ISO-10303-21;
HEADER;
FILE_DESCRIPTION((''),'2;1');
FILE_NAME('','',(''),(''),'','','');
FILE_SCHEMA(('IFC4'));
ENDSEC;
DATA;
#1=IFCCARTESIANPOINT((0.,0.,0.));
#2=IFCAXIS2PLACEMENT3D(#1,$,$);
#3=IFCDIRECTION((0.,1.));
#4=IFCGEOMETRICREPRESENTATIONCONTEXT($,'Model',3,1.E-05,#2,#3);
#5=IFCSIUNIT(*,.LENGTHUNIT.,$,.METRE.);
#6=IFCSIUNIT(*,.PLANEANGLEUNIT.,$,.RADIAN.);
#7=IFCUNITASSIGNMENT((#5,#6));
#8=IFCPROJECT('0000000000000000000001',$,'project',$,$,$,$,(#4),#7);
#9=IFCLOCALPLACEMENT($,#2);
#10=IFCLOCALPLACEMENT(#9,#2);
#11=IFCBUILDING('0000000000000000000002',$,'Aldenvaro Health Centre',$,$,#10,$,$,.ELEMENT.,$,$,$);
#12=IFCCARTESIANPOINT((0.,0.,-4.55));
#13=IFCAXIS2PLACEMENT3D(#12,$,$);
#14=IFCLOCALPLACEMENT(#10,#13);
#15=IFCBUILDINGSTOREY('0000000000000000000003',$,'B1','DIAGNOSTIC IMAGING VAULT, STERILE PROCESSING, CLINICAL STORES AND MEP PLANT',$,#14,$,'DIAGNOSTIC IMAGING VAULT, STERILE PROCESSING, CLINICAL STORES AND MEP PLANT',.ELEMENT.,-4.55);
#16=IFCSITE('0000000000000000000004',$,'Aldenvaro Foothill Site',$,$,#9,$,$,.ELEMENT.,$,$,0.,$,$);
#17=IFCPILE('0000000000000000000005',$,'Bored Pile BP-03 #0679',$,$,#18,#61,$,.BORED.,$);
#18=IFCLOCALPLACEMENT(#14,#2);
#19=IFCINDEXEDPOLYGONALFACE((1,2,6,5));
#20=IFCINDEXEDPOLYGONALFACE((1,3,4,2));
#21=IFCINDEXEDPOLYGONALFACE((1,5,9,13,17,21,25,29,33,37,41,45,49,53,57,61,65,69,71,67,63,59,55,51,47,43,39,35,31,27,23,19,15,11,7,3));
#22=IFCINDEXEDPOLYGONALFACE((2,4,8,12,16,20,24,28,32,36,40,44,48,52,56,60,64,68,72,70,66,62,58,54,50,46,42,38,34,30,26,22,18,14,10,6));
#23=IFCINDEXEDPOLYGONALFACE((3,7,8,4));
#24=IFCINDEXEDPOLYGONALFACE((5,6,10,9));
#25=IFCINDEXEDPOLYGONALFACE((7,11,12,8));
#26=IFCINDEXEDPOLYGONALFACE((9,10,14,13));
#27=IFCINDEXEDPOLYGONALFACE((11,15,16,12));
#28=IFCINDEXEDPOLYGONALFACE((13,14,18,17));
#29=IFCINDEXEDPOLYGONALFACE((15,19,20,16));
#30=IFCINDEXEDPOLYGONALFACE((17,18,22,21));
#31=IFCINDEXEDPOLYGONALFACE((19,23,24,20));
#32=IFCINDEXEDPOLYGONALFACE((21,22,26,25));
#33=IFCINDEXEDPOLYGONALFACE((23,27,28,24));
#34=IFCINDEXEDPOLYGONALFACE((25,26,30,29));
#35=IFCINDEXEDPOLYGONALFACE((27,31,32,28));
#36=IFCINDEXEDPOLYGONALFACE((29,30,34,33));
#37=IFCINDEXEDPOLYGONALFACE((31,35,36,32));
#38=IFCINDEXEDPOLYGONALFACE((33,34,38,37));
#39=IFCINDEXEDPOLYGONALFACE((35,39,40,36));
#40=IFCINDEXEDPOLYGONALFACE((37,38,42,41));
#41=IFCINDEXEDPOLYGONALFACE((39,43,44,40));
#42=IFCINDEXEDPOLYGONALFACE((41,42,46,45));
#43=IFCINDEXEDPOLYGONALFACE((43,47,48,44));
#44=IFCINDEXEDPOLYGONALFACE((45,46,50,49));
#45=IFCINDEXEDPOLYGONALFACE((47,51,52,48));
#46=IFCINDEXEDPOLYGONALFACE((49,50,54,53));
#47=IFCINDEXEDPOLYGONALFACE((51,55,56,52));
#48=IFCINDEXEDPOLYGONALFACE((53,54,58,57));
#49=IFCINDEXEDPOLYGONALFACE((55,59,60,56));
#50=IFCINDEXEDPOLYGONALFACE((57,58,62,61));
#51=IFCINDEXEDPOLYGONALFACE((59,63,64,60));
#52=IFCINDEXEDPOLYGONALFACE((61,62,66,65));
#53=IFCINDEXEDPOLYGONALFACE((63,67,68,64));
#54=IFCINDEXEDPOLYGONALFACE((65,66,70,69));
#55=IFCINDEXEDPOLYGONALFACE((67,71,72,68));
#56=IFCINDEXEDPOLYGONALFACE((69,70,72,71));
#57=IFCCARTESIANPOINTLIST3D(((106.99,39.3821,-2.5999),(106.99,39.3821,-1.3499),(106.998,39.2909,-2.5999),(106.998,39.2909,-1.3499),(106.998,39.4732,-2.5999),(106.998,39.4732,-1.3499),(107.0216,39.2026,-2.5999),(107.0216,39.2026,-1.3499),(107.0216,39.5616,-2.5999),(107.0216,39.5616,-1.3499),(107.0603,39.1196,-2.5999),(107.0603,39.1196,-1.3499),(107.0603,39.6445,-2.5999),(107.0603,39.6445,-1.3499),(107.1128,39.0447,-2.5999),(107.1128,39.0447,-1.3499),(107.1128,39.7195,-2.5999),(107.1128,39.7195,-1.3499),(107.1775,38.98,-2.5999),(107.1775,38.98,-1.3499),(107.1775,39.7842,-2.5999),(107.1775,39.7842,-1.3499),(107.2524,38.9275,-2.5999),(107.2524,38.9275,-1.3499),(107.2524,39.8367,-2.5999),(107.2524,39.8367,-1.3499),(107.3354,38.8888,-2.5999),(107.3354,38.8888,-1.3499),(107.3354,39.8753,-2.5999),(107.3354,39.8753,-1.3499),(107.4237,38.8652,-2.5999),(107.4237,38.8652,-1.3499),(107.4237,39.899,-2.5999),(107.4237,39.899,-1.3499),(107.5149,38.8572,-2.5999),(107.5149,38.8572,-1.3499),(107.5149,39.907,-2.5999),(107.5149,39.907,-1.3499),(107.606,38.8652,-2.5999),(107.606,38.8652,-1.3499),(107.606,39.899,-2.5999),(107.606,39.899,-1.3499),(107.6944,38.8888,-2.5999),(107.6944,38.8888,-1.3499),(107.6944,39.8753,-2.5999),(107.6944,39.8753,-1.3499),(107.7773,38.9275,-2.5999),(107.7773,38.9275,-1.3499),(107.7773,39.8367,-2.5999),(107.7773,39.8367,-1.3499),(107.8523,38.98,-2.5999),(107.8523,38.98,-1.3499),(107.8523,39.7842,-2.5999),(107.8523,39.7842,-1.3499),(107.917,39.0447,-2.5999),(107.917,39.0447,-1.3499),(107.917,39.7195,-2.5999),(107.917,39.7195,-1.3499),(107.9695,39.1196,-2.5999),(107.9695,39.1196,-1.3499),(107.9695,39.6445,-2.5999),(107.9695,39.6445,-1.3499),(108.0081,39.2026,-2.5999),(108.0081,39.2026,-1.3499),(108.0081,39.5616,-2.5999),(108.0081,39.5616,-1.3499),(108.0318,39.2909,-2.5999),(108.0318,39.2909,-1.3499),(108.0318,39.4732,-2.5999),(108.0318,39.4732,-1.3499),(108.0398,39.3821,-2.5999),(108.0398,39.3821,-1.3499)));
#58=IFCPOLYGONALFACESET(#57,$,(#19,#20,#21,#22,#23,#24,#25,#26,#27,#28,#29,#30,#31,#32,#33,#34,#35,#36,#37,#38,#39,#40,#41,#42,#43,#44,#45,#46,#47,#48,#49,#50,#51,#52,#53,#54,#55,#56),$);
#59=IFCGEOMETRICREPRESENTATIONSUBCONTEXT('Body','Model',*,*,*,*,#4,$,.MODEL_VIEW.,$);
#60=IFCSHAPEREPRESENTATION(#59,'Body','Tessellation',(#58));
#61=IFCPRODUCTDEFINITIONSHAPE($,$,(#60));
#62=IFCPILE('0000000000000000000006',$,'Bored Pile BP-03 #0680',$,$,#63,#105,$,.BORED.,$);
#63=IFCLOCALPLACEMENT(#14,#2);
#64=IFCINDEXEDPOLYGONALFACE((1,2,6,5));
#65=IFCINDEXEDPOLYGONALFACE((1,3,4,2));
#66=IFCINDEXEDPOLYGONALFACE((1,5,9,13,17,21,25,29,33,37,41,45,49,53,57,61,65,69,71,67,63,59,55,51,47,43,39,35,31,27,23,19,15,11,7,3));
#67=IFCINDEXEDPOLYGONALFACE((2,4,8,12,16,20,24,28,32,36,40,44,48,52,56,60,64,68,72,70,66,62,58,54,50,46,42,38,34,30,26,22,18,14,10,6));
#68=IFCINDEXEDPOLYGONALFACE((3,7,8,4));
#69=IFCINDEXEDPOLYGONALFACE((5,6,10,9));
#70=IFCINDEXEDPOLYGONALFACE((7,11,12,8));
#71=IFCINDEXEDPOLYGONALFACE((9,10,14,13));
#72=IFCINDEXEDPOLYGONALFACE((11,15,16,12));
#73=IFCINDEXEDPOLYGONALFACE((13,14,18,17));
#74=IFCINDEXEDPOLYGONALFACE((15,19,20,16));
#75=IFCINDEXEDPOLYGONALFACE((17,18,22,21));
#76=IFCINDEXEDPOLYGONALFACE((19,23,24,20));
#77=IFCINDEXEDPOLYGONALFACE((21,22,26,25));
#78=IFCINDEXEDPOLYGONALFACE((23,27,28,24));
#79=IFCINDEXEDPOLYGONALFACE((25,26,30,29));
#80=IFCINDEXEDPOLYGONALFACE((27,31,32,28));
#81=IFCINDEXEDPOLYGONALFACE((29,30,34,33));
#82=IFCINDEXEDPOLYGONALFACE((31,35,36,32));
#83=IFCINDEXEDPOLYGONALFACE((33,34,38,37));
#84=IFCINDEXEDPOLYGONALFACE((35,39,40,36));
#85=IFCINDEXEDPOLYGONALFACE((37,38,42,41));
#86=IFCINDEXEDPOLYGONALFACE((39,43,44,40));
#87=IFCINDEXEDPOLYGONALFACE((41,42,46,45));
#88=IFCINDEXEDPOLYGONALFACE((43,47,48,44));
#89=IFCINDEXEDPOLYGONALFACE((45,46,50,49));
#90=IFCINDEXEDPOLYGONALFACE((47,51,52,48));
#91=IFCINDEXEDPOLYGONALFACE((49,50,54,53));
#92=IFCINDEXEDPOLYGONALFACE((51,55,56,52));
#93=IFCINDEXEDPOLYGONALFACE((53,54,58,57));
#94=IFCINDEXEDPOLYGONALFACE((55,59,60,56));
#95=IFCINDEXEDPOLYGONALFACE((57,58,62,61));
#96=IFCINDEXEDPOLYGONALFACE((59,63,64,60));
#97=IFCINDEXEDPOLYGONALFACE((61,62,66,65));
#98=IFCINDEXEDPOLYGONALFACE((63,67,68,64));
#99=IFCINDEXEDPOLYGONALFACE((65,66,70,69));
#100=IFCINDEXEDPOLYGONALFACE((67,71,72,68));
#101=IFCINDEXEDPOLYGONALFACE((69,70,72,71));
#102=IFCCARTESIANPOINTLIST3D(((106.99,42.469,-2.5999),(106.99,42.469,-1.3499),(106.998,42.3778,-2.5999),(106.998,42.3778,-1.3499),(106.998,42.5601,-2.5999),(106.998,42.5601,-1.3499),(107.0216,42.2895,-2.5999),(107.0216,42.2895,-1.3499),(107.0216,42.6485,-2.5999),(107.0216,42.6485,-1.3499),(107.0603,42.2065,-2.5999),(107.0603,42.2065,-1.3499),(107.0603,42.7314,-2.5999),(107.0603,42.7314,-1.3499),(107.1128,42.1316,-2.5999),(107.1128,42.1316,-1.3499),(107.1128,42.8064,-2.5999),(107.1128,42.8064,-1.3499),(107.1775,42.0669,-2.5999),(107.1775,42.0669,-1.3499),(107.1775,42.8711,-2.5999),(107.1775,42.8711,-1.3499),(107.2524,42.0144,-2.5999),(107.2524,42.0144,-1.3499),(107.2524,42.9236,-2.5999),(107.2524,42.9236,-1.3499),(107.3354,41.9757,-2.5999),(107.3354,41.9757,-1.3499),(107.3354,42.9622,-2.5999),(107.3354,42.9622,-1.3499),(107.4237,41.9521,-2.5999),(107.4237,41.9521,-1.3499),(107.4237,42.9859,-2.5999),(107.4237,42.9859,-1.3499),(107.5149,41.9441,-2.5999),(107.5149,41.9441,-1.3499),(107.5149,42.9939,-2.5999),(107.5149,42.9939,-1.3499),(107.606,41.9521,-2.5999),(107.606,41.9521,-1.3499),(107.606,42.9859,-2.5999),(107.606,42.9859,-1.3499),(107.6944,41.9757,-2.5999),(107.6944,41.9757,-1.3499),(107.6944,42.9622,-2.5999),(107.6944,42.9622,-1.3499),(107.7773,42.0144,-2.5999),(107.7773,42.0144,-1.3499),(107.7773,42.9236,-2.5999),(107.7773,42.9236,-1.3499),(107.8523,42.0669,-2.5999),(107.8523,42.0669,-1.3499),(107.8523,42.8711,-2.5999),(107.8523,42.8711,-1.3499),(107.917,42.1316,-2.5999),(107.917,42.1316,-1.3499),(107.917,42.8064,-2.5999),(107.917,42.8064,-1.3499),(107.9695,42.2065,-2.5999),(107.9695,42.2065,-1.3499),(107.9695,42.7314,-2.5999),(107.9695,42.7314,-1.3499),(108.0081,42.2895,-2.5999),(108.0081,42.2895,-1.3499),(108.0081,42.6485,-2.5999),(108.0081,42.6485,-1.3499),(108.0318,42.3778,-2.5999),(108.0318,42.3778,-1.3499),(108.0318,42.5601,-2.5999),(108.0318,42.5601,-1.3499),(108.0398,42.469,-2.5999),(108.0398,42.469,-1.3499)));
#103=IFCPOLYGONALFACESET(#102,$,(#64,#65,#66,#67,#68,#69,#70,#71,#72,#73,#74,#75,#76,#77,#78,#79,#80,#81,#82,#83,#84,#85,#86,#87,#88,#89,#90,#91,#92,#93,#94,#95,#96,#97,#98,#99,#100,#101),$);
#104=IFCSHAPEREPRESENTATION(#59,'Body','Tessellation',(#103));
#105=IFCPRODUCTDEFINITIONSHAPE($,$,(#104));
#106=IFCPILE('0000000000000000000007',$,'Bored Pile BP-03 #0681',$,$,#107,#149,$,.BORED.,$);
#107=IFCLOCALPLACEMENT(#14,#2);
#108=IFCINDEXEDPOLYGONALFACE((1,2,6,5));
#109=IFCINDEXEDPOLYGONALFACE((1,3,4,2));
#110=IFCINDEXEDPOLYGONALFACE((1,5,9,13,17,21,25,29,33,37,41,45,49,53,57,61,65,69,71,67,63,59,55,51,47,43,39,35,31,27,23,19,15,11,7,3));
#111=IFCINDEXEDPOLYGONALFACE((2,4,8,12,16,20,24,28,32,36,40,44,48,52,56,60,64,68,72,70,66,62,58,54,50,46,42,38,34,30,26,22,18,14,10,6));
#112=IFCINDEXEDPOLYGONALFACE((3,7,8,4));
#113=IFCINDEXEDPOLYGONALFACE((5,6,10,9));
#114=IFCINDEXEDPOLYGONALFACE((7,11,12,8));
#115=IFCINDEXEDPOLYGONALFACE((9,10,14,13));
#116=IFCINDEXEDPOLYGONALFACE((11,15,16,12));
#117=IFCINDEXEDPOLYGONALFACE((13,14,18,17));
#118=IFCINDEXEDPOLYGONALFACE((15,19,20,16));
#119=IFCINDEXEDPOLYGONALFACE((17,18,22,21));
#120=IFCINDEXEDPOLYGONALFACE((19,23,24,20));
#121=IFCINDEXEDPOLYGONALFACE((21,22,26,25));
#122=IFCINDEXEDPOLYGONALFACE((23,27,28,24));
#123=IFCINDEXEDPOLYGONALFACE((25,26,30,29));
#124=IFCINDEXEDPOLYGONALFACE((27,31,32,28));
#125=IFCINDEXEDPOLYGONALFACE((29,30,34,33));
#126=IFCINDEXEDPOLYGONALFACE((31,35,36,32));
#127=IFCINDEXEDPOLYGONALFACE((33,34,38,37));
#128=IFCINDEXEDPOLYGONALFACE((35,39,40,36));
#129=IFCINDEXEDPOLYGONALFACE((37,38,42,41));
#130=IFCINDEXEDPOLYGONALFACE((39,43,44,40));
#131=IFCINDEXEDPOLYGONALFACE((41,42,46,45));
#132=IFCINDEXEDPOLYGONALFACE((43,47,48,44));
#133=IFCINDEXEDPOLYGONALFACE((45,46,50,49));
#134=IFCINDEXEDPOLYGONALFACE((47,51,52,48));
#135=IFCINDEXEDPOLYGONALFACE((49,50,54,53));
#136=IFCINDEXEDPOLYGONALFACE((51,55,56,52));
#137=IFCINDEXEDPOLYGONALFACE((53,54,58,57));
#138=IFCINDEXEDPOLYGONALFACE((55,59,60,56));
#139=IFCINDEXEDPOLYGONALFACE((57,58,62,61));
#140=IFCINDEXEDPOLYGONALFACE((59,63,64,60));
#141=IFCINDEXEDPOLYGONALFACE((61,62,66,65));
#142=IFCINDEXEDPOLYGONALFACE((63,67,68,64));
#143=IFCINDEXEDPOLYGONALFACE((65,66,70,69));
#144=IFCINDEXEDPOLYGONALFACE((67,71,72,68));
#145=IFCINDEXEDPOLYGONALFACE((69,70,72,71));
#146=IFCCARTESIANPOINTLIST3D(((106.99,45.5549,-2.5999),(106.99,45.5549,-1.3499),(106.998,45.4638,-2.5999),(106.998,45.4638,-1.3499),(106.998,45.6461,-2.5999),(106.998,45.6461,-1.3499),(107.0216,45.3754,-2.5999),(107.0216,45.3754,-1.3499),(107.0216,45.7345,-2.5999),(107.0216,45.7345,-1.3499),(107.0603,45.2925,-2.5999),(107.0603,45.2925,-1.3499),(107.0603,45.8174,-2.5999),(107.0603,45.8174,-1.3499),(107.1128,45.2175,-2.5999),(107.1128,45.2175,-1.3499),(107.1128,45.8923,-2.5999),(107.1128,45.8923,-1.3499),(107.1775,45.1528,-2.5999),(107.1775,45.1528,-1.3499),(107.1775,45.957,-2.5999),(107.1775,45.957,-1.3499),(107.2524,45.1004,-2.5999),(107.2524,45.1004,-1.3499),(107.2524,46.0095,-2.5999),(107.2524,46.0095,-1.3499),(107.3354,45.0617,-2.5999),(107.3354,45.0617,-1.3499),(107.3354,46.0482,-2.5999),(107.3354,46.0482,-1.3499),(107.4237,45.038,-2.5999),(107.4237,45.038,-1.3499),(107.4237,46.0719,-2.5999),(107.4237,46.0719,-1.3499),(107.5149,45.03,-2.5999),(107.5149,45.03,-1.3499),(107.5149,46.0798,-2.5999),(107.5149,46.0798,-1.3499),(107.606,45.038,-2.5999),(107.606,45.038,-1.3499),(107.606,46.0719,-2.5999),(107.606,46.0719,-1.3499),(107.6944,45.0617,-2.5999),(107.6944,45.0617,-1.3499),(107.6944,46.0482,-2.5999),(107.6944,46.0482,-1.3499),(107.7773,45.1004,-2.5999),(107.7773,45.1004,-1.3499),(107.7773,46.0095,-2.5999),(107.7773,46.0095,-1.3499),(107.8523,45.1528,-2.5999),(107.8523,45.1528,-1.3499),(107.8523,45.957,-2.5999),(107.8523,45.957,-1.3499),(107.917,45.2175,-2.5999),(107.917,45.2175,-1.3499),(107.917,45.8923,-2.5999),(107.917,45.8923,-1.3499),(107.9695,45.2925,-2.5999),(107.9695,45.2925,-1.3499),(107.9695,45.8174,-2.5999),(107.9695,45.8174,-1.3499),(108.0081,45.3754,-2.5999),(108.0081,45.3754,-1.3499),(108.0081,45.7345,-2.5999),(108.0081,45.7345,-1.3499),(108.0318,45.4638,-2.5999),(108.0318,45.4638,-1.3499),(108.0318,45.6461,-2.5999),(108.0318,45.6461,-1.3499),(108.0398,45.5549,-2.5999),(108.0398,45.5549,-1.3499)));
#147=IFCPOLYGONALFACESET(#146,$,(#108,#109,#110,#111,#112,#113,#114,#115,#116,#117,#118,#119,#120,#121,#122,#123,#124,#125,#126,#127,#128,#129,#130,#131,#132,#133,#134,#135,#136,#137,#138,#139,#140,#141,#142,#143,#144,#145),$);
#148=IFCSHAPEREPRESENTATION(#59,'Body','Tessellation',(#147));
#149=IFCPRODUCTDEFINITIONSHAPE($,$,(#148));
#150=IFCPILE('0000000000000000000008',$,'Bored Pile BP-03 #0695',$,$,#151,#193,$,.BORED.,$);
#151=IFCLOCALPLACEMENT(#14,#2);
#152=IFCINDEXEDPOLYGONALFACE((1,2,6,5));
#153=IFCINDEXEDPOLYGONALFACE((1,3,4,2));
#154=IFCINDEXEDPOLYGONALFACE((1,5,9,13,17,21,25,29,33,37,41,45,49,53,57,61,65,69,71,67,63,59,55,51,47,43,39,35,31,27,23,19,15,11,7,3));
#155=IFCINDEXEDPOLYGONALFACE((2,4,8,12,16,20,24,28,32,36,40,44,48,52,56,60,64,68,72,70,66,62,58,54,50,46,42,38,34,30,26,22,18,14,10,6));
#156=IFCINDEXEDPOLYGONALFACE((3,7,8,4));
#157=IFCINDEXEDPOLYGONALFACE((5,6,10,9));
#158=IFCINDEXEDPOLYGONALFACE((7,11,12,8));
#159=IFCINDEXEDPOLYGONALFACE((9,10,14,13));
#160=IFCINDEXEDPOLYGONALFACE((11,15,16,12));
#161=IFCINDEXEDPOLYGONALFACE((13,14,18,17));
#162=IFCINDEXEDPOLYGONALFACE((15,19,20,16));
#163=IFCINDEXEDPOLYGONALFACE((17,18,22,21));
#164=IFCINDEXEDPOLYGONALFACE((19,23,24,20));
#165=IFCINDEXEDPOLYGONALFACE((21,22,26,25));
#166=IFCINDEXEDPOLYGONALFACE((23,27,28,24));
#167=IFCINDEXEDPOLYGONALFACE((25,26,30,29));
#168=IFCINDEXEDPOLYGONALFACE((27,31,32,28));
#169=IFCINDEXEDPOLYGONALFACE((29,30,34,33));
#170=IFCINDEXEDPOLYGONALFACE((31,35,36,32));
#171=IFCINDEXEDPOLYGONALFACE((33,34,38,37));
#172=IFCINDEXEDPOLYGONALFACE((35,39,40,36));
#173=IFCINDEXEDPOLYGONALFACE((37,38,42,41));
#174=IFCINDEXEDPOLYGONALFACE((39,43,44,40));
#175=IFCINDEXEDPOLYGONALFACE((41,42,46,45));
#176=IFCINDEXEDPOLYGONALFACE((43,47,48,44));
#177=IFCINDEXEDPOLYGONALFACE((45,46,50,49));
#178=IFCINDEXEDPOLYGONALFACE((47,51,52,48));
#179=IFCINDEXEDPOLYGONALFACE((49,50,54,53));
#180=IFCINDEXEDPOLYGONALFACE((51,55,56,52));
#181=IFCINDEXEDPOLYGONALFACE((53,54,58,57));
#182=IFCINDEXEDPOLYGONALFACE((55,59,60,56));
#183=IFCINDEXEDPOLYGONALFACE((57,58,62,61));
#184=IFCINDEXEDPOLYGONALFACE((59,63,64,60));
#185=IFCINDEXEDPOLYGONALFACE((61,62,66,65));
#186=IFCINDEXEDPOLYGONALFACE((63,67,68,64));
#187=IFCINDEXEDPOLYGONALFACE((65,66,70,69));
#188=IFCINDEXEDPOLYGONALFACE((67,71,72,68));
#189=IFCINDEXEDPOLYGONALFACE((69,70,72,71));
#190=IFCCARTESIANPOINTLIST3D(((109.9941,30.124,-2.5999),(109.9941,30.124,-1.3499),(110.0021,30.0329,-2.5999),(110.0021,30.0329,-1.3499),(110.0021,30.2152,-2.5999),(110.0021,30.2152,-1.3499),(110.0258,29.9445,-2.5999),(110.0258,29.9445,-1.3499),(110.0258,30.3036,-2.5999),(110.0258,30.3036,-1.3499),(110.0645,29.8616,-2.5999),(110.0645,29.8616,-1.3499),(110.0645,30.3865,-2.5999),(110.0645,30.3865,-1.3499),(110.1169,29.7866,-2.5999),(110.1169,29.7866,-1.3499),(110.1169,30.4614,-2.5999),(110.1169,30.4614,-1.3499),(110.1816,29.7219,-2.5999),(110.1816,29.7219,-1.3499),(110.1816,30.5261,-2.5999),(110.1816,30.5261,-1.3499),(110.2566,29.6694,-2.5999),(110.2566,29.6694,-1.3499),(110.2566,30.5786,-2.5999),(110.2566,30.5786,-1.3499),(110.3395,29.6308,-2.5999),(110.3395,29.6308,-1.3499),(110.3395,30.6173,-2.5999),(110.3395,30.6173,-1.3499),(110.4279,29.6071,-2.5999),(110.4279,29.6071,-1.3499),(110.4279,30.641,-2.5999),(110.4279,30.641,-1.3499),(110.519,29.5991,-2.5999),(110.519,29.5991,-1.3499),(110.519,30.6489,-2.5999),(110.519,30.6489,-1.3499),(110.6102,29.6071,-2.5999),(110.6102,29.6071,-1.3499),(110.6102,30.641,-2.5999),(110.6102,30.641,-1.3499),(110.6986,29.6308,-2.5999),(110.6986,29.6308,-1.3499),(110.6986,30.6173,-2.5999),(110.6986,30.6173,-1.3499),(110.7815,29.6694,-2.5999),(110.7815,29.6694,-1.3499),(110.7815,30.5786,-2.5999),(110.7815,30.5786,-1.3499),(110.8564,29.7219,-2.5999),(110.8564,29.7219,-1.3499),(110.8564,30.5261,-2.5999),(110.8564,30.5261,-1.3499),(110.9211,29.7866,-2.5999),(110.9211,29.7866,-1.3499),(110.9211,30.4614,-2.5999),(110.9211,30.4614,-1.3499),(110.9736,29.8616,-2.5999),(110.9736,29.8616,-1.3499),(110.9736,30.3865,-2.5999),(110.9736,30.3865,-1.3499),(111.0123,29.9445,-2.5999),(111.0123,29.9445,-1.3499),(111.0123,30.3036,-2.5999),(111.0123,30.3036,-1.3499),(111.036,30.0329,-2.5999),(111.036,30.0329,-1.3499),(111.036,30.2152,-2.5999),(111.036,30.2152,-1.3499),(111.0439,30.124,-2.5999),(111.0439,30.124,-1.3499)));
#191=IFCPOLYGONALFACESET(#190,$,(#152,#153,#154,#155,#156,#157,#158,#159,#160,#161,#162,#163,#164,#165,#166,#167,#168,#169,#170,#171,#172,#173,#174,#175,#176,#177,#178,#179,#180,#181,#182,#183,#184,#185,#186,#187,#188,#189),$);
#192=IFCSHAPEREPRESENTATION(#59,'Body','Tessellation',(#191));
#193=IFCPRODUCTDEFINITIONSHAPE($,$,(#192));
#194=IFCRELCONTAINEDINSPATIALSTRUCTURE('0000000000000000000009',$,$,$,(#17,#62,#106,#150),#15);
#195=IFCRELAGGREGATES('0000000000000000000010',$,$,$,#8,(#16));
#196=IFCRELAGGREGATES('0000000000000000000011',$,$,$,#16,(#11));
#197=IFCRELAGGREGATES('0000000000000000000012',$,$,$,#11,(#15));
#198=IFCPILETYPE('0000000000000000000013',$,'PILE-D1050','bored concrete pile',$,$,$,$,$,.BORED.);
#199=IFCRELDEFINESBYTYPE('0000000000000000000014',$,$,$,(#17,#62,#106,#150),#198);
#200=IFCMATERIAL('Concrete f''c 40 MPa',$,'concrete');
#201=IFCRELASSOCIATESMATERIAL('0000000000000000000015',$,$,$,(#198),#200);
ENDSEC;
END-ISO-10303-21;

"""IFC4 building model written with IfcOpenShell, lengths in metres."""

from ifc_helpers import new_model, si_unit, direction, frame, origin, origin_2d, place, context, subcontext, project, spatial, circle, extrude, material, material_profile, profile_set, type_object, element, save


model = new_model("IFC4")

# Units and contexts
model_context = context("Model", 3, precision=1e-05, world=origin(), true_north=direction((0.0, 1.0)))
body_context = subcontext(model_context, "Body", "Model", "MODEL_VIEW")
ifc_project = project(units=[si_unit("LENGTHUNIT", "METRE"), si_unit("PLANEANGLEUNIT", "RADIAN")], contexts=[model_context])

# Site, building, storey
site_placement = place(None, origin())
site = spatial("IfcSite", under=ifc_project, at=site_placement, Name="Aldenvaro Foothill Site", CompositionType="ELEMENT", RefElevation=0.0)
building_placement = place(site_placement, origin())
building = spatial("IfcBuilding", under=site, at=building_placement, Name="Aldenvaro Health Centre", CompositionType="ELEMENT")
storey_placement = place(building_placement, frame((0.0, 0.0, -4.55)))
storey = spatial("IfcBuildingStorey", under=building, at=storey_placement, Name="B1", Description="DIAGNOSTIC IMAGING VAULT, STERILE PROCESSING, CLINICAL STORES AND MEP PLANT", LongName="DIAGNOSTIC IMAGING VAULT, STERILE PROCESSING, CLINICAL STORES AND MEP PLANT", CompositionType="ELEMENT", Elevation=-4.55)

# Piles
ifc_material = material(Name="Concrete f'c 40 MPa", Category="concrete")
ifc_material_profile = material_profile(ifc_material, circle(Radius=0.5249, at=origin_2d()), Name="PILE D1050", Category="concrete")
ifc_profile_set = profile_set([ifc_material_profile], Name="Concrete f'c 40 MPa")
pile_type = type_object("IfcPileType", Name="PILE-D1050", Description="bored concrete pile", PredefinedType="BORED", material=ifc_profile_set)
for number, where, z_axis, x_axis, name in (
    (1, (107.5149, 39.3821, -1.3499), (0.0, 0.0, -1.0), (1.0, 0.0, 0.0), "Bored Pile BP-03 #0679"),
    (2, (107.5149, 42.469, -1.3499), (0.0, 0.0, -1.0), (1.0, 0.0, 0.0), "Bored Pile BP-03 #0680"),
    (3, (107.5149, 45.5549, -1.3499), (0.0, 0.0, -1.0), (1.0, 0.0, 0.0), "Bored Pile BP-03 #0681"),
    (4, (110.519, 30.124, -1.3499), (0.0, 0.0, -1.0), (1.0, 0.0, 0.0), "Bored Pile BP-03 #0695"),
):
    element("IfcPile", number, at=place(storey_placement, frame(where, z_axis=z_axis, x_axis=x_axis)), inside=storey, type_object=pile_type, Name=name, PredefinedType="BORED", context=body_context, shape_type="SweptSolid", body=[
        extrude(circle(Radius=0.5249, at=origin_2d()), origin(), (0.0, 0.0, 1.0), 1.25),
    ])

save(model, "model.ifc")
